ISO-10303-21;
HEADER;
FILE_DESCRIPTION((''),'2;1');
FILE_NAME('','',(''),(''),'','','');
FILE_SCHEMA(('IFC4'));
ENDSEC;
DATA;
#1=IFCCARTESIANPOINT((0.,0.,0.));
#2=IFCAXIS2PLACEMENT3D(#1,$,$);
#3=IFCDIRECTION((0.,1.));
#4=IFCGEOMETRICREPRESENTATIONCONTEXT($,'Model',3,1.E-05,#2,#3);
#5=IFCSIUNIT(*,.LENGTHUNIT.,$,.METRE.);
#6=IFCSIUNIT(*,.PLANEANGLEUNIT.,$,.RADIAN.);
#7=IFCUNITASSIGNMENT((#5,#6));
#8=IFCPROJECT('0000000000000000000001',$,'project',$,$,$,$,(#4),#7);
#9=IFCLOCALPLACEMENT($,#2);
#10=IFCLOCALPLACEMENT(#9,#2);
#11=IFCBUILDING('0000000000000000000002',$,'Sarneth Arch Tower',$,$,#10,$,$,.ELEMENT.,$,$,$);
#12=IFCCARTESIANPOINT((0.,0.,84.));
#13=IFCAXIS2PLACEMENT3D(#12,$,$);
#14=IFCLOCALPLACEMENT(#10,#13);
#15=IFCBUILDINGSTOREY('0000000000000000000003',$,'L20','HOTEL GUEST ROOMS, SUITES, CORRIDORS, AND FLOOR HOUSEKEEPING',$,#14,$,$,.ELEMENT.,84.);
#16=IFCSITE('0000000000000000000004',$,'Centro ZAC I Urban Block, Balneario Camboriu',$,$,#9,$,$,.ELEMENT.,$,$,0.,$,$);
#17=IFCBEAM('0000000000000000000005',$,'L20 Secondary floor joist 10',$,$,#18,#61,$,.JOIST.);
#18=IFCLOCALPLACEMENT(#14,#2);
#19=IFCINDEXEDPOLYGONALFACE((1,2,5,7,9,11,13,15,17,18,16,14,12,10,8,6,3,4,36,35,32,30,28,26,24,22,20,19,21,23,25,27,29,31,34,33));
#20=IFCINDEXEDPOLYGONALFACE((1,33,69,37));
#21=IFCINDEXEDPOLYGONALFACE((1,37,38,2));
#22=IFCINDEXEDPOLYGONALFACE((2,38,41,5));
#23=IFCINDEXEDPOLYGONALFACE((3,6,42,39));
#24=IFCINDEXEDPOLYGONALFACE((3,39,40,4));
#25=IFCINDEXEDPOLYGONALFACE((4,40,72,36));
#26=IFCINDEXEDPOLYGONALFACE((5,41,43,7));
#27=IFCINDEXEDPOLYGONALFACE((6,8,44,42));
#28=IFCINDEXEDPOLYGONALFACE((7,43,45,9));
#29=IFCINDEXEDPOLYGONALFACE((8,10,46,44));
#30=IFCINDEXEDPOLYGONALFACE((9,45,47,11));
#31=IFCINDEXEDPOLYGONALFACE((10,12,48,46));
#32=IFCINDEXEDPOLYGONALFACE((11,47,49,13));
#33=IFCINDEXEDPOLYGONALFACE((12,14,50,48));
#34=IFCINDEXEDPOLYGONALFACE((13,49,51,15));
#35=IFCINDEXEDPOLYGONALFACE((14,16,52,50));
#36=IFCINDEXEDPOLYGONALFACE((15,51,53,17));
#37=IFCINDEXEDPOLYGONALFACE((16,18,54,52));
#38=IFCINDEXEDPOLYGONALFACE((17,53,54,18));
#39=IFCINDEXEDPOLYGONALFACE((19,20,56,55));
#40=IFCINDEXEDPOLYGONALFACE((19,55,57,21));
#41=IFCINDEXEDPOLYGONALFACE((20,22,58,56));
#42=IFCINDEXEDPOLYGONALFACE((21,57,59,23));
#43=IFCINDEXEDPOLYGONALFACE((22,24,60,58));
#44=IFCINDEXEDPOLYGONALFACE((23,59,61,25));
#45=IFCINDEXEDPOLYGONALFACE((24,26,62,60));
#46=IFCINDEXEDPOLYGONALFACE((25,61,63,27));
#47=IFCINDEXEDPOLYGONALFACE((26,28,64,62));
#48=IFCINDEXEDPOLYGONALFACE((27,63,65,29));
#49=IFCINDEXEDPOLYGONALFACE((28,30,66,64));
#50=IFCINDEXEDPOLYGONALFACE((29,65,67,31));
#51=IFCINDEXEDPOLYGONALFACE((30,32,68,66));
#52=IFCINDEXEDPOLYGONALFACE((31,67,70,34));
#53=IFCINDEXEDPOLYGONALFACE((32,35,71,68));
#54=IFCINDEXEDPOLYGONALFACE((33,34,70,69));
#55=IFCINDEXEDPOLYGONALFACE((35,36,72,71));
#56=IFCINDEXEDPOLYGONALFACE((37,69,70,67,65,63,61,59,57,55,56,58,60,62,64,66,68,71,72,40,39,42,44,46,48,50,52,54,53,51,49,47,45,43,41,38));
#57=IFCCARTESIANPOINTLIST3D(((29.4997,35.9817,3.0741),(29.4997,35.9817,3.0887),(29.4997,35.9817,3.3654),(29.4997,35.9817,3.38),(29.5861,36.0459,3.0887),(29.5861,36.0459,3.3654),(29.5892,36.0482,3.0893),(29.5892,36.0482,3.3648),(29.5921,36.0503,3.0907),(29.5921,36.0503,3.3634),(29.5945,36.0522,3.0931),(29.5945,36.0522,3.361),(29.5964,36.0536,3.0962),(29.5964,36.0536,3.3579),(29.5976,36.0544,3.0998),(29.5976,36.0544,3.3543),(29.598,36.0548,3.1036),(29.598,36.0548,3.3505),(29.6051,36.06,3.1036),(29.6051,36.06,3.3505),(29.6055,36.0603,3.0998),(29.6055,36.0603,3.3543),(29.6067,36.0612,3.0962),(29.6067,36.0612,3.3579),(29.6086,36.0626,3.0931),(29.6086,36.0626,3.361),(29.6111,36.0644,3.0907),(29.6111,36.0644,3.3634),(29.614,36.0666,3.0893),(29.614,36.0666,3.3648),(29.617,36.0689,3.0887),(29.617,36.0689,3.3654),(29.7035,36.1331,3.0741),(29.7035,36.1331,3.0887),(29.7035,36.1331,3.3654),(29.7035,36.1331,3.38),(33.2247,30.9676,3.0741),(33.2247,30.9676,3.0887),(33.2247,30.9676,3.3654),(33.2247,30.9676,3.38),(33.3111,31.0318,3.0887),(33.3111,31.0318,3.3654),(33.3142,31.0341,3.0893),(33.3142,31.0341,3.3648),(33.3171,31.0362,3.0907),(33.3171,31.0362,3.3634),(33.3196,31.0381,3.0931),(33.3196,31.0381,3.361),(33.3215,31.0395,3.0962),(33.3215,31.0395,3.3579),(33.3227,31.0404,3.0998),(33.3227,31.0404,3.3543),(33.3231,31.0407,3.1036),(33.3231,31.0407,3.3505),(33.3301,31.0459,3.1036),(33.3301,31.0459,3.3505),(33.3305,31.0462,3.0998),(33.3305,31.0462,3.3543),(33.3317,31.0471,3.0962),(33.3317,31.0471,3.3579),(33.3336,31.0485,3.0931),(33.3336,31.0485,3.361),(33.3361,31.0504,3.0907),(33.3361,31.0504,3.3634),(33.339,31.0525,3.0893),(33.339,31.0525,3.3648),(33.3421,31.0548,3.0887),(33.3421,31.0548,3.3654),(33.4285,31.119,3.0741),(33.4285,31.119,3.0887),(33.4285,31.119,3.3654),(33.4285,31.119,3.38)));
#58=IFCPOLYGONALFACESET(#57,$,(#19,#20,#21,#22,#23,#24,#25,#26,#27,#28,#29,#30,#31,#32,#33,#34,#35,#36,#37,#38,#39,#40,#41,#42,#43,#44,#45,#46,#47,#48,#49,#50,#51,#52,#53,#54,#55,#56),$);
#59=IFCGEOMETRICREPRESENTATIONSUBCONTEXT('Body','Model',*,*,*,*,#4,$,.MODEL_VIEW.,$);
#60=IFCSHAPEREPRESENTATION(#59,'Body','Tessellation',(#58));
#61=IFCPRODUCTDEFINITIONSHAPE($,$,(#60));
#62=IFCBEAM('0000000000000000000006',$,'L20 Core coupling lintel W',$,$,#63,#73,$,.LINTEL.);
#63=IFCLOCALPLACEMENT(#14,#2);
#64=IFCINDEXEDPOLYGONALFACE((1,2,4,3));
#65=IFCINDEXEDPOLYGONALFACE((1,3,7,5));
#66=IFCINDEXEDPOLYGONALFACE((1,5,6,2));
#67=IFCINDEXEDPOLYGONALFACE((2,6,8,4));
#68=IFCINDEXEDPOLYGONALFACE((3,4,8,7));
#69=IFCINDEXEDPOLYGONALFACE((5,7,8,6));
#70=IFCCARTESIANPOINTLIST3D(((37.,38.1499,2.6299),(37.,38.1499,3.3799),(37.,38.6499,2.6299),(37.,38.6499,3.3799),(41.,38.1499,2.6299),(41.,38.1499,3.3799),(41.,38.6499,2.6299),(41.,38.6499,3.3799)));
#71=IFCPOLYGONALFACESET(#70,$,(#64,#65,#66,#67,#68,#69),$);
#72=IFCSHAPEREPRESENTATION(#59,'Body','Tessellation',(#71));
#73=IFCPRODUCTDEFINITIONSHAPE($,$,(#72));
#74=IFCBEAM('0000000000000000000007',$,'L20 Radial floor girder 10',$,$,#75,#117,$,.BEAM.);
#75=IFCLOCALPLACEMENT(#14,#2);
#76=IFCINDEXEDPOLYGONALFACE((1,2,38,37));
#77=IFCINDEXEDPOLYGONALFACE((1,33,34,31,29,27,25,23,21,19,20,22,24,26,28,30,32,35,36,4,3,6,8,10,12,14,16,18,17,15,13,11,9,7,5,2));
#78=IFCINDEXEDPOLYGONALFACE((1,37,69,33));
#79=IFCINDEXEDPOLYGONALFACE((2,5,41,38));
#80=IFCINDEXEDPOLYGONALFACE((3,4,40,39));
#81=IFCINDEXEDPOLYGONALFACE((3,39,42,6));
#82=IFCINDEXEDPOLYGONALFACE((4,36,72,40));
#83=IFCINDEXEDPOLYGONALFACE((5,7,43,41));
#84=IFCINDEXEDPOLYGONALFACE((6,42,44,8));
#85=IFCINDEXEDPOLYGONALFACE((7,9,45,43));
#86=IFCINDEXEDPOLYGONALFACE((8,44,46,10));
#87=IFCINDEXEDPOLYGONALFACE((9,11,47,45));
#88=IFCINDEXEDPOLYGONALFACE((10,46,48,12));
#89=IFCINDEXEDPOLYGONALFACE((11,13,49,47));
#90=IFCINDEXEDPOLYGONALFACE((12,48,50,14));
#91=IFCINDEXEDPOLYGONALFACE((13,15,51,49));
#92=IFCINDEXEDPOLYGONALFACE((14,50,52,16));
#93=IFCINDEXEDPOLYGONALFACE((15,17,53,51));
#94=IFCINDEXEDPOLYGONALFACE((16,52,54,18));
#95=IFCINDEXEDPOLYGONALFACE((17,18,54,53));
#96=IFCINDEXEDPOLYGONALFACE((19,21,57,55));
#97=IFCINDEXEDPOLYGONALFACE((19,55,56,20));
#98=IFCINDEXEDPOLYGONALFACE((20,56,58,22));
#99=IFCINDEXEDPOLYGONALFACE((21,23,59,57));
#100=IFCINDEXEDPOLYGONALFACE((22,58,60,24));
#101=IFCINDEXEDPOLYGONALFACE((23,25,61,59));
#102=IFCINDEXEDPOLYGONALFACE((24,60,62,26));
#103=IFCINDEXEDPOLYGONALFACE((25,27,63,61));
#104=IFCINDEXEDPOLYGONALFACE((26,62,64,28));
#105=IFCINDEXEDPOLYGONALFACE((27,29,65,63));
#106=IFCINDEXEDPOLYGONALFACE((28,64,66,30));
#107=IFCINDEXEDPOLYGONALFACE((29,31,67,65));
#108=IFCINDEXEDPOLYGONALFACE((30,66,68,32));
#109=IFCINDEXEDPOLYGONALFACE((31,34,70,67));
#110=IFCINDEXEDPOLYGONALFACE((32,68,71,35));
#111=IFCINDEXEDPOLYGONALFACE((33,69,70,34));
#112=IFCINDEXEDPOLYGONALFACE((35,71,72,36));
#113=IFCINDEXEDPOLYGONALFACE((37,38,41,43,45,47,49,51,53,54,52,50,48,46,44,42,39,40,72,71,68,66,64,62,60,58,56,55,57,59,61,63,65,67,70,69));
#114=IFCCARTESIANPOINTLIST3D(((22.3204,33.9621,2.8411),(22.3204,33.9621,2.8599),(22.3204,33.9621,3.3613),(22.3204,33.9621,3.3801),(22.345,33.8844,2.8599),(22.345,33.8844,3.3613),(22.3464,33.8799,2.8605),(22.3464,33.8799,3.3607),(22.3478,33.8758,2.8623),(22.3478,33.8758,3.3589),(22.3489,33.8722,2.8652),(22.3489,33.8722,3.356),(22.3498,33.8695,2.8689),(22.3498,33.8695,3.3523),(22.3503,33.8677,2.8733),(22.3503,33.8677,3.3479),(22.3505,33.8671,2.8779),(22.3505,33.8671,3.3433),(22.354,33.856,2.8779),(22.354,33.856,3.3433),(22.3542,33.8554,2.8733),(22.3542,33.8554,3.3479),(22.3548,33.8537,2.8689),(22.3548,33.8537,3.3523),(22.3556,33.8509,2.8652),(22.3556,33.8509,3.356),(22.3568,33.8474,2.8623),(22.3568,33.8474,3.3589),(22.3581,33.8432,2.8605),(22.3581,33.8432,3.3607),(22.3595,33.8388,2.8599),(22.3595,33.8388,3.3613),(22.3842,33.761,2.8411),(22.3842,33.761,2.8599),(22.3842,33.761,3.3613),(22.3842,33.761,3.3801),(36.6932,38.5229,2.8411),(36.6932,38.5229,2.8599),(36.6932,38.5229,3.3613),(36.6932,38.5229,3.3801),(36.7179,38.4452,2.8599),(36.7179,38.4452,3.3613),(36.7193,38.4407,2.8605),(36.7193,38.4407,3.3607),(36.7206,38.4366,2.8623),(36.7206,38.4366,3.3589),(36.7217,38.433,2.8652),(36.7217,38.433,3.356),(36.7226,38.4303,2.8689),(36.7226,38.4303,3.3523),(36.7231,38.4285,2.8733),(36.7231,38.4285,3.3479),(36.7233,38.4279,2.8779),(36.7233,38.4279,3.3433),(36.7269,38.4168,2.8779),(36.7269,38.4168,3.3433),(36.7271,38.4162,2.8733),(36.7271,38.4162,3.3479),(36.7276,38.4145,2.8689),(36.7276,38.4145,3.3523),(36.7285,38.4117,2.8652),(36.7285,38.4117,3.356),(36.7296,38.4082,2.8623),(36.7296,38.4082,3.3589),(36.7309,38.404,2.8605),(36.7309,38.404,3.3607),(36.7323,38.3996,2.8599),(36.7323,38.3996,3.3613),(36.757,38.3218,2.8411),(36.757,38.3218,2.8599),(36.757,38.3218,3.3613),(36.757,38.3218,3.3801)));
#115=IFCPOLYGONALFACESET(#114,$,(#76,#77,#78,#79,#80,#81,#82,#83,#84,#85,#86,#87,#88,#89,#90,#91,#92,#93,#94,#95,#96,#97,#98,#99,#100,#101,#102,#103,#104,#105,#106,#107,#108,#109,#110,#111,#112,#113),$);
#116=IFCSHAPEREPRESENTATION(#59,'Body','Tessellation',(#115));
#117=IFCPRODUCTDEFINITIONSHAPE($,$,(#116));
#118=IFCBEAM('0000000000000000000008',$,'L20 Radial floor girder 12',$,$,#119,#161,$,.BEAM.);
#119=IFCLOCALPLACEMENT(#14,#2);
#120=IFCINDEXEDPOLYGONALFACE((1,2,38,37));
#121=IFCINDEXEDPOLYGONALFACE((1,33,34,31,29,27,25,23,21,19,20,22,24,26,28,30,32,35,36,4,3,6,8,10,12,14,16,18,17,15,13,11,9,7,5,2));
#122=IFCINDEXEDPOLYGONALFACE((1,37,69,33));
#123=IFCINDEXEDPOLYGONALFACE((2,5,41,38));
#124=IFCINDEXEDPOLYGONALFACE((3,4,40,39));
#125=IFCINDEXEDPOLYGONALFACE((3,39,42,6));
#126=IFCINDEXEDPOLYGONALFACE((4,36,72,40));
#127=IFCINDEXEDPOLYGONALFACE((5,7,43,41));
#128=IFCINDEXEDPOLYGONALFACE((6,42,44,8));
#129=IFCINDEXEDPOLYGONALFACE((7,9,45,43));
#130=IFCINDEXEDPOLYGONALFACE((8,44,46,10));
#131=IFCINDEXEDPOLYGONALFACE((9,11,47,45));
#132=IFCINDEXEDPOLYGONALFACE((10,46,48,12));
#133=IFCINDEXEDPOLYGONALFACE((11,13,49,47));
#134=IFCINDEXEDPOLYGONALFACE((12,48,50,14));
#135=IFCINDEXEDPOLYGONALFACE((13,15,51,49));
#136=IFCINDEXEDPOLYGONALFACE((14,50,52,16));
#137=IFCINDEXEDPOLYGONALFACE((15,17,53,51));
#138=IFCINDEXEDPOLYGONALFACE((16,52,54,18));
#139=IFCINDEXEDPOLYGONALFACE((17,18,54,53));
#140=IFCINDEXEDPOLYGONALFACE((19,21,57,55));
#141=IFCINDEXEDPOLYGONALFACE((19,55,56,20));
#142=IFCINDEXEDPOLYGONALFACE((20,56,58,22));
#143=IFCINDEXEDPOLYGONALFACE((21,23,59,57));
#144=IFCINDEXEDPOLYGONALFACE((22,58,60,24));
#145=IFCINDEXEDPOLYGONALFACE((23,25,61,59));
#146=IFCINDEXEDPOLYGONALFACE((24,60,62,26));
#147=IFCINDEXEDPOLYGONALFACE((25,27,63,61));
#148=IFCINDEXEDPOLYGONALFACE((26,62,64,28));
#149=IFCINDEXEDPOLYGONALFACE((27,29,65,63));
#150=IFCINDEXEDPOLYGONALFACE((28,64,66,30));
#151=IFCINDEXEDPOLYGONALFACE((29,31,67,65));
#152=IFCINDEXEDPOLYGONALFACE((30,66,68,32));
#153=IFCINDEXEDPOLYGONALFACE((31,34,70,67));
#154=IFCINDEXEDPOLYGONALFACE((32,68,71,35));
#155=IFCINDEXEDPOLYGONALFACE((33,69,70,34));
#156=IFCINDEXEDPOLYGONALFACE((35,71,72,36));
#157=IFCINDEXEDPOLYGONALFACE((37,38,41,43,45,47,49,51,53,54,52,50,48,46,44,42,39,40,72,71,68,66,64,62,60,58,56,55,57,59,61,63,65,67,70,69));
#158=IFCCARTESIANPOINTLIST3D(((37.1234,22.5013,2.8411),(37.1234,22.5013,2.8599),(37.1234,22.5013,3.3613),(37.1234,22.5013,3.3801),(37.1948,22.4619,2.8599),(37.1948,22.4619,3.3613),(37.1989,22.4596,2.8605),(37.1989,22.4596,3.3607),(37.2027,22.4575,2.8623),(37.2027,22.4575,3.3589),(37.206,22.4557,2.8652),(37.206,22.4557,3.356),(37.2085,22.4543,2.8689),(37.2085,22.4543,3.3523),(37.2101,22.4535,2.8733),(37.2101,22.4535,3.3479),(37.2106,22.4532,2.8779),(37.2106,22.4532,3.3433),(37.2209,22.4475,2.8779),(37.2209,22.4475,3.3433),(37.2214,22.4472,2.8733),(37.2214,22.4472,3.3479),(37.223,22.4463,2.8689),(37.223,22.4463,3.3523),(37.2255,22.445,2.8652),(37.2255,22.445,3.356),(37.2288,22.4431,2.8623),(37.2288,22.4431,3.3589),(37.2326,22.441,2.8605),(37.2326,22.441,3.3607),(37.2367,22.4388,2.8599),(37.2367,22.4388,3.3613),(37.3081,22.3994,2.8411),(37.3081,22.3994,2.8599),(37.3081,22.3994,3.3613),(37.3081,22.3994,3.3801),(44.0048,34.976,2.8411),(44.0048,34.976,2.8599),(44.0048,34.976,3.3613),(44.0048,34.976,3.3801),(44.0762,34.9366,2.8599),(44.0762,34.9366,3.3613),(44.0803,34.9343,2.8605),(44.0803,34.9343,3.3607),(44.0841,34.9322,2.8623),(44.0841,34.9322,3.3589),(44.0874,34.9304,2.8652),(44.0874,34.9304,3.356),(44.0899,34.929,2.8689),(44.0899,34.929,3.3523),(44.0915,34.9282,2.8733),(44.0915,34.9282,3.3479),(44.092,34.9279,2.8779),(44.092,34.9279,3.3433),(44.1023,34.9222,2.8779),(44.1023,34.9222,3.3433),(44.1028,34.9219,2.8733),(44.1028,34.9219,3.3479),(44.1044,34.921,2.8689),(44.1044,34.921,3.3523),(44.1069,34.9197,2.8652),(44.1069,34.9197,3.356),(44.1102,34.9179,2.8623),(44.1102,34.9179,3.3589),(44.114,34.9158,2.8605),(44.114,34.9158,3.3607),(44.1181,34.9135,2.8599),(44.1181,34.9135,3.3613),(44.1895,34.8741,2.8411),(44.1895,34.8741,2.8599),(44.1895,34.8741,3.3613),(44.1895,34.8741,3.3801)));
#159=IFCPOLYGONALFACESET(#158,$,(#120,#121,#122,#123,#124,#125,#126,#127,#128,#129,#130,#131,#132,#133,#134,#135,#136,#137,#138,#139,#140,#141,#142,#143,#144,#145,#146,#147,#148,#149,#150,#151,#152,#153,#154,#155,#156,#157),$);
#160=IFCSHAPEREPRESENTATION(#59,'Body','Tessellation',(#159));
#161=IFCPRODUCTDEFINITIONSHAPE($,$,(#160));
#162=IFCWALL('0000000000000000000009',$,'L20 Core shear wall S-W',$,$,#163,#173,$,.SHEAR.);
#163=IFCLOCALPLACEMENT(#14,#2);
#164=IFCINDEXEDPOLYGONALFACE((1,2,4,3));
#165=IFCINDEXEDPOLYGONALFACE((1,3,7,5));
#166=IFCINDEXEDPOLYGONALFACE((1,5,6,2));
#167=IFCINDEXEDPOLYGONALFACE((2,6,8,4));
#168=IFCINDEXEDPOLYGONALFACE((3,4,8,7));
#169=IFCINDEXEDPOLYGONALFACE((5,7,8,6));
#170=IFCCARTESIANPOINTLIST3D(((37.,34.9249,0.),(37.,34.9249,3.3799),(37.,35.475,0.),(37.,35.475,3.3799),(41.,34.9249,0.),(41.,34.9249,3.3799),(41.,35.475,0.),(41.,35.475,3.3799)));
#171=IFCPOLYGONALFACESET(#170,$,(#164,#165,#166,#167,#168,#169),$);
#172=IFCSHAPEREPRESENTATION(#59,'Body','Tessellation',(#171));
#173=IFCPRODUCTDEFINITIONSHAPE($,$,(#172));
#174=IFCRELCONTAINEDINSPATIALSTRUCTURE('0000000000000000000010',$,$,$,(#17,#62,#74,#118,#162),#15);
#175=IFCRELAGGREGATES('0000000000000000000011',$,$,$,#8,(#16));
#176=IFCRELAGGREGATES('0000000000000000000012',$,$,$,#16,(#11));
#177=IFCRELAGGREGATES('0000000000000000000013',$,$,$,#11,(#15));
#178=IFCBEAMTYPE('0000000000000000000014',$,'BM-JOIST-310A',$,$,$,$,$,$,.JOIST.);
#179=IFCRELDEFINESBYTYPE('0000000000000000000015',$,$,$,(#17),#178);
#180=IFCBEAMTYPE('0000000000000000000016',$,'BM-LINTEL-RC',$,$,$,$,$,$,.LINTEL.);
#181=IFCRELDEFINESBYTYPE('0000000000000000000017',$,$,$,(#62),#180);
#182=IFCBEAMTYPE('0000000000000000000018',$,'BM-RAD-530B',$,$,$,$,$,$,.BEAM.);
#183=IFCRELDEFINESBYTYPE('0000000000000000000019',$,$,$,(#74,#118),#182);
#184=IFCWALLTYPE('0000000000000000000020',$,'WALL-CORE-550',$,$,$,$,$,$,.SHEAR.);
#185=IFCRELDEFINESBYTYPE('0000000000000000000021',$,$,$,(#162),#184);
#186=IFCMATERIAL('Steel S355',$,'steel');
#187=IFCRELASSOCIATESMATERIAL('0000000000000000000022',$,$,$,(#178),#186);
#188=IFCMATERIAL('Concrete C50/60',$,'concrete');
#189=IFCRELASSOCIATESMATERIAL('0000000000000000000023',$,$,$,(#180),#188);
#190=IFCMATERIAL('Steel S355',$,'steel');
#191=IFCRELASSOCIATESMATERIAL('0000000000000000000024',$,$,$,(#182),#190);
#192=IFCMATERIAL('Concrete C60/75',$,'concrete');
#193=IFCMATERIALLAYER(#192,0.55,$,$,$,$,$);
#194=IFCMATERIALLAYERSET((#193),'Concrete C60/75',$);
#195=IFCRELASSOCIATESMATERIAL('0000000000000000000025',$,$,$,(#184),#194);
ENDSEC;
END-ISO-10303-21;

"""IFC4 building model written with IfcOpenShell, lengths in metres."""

from ifc_helpers import new_model, si_unit, direction, frame, frame_2d, origin, origin_2d, place, context, subcontext, project, spatial, rectangle, i_section, extrude, material, layer, layer_set, material_profile, profile_set, type_object, element, save


model = new_model("IFC4")

# Units and contexts
model_context = context("Model", 3, precision=1e-05, world=origin(), true_north=direction((0.0, 1.0)))
body_context = subcontext(model_context, "Body", "Model", "MODEL_VIEW")
ifc_project = project(units=[si_unit("LENGTHUNIT", "METRE"), si_unit("PLANEANGLEUNIT", "RADIAN")], contexts=[model_context])

# Site, building, storey
site_placement = place(None, origin())
site = spatial("IfcSite", under=ifc_project, at=site_placement, Name="Centro ZAC I Urban Block, Balneario Camboriu", CompositionType="ELEMENT", RefElevation=0.0)
building_placement = place(site_placement, origin())
building = spatial("IfcBuilding", under=site, at=building_placement, Name="Sarneth Arch Tower", CompositionType="ELEMENT")
storey_placement = place(building_placement, frame((0.0, 0.0, 84.0)))
storey = spatial("IfcBuildingStorey", under=building, at=storey_placement, Name="L20", Description="HOTEL GUEST ROOMS, SUITES, CORRIDORS, AND FLOOR HOUSEKEEPING", CompositionType="ELEMENT", Elevation=84.0)

# Beams
ifc_material_1 = material(Name="Steel S355", Category="steel")
ifc_material_profile_1 = material_profile(ifc_material_1, i_section(OverallWidth=0.2539, OverallDepth=0.3059, WebThickness=0.0088, FlangeThickness=0.0146, FilletRadius=0.0149, at=origin_2d()), Name="W310x79")
ifc_profile_set_1 = profile_set([ifc_material_profile_1], Name="Steel S355")
beam_type_1 = type_object("IfcBeamType", Name="BM-JOIST-310A", PredefinedType="JOIST", material=ifc_profile_set_1)
beam_1_placement = place(storey_placement, frame((29.6016, 36.0574, 3.2271), z_axis=(0.596354, -0.802721, 0.0), x_axis=(0.802721, 0.596354, 0.0)))
element("IfcBeam", 1, at=beam_1_placement, inside=storey, type_object=beam_type_1, Name="L20 Secondary floor joist 10", PredefinedType="JOIST", context=body_context, shape_type="SweptSolid", body=[
    extrude(i_section(OverallWidth=0.2539, OverallDepth=0.3059, WebThickness=0.0088, FlangeThickness=0.0146, FilletRadius=0.0149, at=origin_2d()), origin(), (0.0, 0.0, 1.0), 6.2463),
])
ifc_material_2 = material(Name="Concrete C50/60", Category="concrete")
ifc_material_profile_2 = material_profile(ifc_material_2, rectangle(XDim=0.5, YDim=0.75, at=origin_2d()), Name="RC-500x750")
ifc_profile_set_2 = profile_set([ifc_material_profile_2], Name="Concrete C50/60")
beam_type_2 = type_object("IfcBeamType", Name="BM-LINTEL-RC", PredefinedType="LINTEL", material=ifc_profile_set_2)
beam_2_placement = place(storey_placement, frame((37.0, 38.3999, 3.0049), z_axis=(1.0, 0.0, 0.0), x_axis=(0.0, 1.0, 0.0)))
element("IfcBeam", 2, at=beam_2_placement, inside=storey, type_object=beam_type_2, Name="L20 Core coupling lintel W", PredefinedType="LINTEL", context=body_context, shape_type="SweptSolid", body=[
    extrude(rectangle(XDim=0.5, YDim=0.75, at=origin_2d()), origin(), (0.0, 0.0, 1.0), 4.0),
])
ifc_material_3 = material(Name="Steel S355", Category="steel")
ifc_material_profile_3 = material_profile(ifc_material_3, i_section(OverallWidth=0.2109, OverallDepth=0.5391, WebThickness=0.0117, FlangeThickness=0.0188, FilletRadius=0.0181, at=origin_2d()), Name="W530x109")
ifc_profile_set_3 = profile_set([ifc_material_profile_3], Name="Steel S355")
beam_type_3 = type_object("IfcBeamType", Name="BM-RAD-530B", PredefinedType="BEAM", material=ifc_profile_set_3)
beam_3_placement = place(storey_placement, frame((36.7251, 38.4224, 3.1106), z_axis=(-0.953163, -0.302458, 0.0), x_axis=(0.302458, -0.953163, 0.0)))
element("IfcBeam", 3, at=beam_3_placement, inside=storey, type_object=beam_type_3, Name="L20 Radial floor girder 10", PredefinedType="BEAM", context=body_context, shape_type="SweptSolid", body=[
    extrude(i_section(OverallWidth=0.2109, OverallDepth=0.5391, WebThickness=0.0117, FlangeThickness=0.0188, FilletRadius=0.0181, at=origin_2d()), origin(), (0.0, 0.0, 1.0), 15.0791),
])
beam_4_placement = place(storey_placement, frame((44.0972, 34.925, 3.1106), z_axis=(-0.483013, -0.875613, 0.0), x_axis=(0.875613, -0.483013, 0.0)))
element("IfcBeam", 4, at=beam_4_placement, inside=storey, type_object=beam_type_3, Name="L20 Radial floor girder 12", PredefinedType="BEAM", context=body_context, shape_type="SweptSolid", body=[
    extrude(i_section(OverallWidth=0.2109, OverallDepth=0.5391, WebThickness=0.0117, FlangeThickness=0.0188, FilletRadius=0.0181, at=origin_2d()), origin(), (0.0, 0.0, 1.0), 14.2468),
])

# Wall
ifc_material_4 = material(Name="Concrete C60/75", Category="concrete")
ifc_layer_1 = layer(ifc_material_4, 0.55)
ifc_layer_set_1 = layer_set([ifc_layer_1], Name="Concrete C60/75")
wall_type_1 = type_object("IfcWallType", Name="WALL-CORE-550", PredefinedType="SHEAR", material=ifc_layer_set_1)
wall_1_placement = place(storey_placement, frame((37.0, 35.2, 0.0), z_axis=(0.0, 0.0, 1.0), x_axis=(1.0, 0.0, 0.0)))
element("IfcWall", 5, at=wall_1_placement, inside=storey, type_object=wall_type_1, Name="L20 Core shear wall S-W", PredefinedType="SHEAR", context=body_context, shape_type="SweptSolid", body=[
    extrude(rectangle(XDim=4.0, YDim=0.55, at=frame_2d((2.0, 0.0))), origin(), (0.0, 0.0, 1.0), 3.3799),
])

save(model, "model.ifc")
